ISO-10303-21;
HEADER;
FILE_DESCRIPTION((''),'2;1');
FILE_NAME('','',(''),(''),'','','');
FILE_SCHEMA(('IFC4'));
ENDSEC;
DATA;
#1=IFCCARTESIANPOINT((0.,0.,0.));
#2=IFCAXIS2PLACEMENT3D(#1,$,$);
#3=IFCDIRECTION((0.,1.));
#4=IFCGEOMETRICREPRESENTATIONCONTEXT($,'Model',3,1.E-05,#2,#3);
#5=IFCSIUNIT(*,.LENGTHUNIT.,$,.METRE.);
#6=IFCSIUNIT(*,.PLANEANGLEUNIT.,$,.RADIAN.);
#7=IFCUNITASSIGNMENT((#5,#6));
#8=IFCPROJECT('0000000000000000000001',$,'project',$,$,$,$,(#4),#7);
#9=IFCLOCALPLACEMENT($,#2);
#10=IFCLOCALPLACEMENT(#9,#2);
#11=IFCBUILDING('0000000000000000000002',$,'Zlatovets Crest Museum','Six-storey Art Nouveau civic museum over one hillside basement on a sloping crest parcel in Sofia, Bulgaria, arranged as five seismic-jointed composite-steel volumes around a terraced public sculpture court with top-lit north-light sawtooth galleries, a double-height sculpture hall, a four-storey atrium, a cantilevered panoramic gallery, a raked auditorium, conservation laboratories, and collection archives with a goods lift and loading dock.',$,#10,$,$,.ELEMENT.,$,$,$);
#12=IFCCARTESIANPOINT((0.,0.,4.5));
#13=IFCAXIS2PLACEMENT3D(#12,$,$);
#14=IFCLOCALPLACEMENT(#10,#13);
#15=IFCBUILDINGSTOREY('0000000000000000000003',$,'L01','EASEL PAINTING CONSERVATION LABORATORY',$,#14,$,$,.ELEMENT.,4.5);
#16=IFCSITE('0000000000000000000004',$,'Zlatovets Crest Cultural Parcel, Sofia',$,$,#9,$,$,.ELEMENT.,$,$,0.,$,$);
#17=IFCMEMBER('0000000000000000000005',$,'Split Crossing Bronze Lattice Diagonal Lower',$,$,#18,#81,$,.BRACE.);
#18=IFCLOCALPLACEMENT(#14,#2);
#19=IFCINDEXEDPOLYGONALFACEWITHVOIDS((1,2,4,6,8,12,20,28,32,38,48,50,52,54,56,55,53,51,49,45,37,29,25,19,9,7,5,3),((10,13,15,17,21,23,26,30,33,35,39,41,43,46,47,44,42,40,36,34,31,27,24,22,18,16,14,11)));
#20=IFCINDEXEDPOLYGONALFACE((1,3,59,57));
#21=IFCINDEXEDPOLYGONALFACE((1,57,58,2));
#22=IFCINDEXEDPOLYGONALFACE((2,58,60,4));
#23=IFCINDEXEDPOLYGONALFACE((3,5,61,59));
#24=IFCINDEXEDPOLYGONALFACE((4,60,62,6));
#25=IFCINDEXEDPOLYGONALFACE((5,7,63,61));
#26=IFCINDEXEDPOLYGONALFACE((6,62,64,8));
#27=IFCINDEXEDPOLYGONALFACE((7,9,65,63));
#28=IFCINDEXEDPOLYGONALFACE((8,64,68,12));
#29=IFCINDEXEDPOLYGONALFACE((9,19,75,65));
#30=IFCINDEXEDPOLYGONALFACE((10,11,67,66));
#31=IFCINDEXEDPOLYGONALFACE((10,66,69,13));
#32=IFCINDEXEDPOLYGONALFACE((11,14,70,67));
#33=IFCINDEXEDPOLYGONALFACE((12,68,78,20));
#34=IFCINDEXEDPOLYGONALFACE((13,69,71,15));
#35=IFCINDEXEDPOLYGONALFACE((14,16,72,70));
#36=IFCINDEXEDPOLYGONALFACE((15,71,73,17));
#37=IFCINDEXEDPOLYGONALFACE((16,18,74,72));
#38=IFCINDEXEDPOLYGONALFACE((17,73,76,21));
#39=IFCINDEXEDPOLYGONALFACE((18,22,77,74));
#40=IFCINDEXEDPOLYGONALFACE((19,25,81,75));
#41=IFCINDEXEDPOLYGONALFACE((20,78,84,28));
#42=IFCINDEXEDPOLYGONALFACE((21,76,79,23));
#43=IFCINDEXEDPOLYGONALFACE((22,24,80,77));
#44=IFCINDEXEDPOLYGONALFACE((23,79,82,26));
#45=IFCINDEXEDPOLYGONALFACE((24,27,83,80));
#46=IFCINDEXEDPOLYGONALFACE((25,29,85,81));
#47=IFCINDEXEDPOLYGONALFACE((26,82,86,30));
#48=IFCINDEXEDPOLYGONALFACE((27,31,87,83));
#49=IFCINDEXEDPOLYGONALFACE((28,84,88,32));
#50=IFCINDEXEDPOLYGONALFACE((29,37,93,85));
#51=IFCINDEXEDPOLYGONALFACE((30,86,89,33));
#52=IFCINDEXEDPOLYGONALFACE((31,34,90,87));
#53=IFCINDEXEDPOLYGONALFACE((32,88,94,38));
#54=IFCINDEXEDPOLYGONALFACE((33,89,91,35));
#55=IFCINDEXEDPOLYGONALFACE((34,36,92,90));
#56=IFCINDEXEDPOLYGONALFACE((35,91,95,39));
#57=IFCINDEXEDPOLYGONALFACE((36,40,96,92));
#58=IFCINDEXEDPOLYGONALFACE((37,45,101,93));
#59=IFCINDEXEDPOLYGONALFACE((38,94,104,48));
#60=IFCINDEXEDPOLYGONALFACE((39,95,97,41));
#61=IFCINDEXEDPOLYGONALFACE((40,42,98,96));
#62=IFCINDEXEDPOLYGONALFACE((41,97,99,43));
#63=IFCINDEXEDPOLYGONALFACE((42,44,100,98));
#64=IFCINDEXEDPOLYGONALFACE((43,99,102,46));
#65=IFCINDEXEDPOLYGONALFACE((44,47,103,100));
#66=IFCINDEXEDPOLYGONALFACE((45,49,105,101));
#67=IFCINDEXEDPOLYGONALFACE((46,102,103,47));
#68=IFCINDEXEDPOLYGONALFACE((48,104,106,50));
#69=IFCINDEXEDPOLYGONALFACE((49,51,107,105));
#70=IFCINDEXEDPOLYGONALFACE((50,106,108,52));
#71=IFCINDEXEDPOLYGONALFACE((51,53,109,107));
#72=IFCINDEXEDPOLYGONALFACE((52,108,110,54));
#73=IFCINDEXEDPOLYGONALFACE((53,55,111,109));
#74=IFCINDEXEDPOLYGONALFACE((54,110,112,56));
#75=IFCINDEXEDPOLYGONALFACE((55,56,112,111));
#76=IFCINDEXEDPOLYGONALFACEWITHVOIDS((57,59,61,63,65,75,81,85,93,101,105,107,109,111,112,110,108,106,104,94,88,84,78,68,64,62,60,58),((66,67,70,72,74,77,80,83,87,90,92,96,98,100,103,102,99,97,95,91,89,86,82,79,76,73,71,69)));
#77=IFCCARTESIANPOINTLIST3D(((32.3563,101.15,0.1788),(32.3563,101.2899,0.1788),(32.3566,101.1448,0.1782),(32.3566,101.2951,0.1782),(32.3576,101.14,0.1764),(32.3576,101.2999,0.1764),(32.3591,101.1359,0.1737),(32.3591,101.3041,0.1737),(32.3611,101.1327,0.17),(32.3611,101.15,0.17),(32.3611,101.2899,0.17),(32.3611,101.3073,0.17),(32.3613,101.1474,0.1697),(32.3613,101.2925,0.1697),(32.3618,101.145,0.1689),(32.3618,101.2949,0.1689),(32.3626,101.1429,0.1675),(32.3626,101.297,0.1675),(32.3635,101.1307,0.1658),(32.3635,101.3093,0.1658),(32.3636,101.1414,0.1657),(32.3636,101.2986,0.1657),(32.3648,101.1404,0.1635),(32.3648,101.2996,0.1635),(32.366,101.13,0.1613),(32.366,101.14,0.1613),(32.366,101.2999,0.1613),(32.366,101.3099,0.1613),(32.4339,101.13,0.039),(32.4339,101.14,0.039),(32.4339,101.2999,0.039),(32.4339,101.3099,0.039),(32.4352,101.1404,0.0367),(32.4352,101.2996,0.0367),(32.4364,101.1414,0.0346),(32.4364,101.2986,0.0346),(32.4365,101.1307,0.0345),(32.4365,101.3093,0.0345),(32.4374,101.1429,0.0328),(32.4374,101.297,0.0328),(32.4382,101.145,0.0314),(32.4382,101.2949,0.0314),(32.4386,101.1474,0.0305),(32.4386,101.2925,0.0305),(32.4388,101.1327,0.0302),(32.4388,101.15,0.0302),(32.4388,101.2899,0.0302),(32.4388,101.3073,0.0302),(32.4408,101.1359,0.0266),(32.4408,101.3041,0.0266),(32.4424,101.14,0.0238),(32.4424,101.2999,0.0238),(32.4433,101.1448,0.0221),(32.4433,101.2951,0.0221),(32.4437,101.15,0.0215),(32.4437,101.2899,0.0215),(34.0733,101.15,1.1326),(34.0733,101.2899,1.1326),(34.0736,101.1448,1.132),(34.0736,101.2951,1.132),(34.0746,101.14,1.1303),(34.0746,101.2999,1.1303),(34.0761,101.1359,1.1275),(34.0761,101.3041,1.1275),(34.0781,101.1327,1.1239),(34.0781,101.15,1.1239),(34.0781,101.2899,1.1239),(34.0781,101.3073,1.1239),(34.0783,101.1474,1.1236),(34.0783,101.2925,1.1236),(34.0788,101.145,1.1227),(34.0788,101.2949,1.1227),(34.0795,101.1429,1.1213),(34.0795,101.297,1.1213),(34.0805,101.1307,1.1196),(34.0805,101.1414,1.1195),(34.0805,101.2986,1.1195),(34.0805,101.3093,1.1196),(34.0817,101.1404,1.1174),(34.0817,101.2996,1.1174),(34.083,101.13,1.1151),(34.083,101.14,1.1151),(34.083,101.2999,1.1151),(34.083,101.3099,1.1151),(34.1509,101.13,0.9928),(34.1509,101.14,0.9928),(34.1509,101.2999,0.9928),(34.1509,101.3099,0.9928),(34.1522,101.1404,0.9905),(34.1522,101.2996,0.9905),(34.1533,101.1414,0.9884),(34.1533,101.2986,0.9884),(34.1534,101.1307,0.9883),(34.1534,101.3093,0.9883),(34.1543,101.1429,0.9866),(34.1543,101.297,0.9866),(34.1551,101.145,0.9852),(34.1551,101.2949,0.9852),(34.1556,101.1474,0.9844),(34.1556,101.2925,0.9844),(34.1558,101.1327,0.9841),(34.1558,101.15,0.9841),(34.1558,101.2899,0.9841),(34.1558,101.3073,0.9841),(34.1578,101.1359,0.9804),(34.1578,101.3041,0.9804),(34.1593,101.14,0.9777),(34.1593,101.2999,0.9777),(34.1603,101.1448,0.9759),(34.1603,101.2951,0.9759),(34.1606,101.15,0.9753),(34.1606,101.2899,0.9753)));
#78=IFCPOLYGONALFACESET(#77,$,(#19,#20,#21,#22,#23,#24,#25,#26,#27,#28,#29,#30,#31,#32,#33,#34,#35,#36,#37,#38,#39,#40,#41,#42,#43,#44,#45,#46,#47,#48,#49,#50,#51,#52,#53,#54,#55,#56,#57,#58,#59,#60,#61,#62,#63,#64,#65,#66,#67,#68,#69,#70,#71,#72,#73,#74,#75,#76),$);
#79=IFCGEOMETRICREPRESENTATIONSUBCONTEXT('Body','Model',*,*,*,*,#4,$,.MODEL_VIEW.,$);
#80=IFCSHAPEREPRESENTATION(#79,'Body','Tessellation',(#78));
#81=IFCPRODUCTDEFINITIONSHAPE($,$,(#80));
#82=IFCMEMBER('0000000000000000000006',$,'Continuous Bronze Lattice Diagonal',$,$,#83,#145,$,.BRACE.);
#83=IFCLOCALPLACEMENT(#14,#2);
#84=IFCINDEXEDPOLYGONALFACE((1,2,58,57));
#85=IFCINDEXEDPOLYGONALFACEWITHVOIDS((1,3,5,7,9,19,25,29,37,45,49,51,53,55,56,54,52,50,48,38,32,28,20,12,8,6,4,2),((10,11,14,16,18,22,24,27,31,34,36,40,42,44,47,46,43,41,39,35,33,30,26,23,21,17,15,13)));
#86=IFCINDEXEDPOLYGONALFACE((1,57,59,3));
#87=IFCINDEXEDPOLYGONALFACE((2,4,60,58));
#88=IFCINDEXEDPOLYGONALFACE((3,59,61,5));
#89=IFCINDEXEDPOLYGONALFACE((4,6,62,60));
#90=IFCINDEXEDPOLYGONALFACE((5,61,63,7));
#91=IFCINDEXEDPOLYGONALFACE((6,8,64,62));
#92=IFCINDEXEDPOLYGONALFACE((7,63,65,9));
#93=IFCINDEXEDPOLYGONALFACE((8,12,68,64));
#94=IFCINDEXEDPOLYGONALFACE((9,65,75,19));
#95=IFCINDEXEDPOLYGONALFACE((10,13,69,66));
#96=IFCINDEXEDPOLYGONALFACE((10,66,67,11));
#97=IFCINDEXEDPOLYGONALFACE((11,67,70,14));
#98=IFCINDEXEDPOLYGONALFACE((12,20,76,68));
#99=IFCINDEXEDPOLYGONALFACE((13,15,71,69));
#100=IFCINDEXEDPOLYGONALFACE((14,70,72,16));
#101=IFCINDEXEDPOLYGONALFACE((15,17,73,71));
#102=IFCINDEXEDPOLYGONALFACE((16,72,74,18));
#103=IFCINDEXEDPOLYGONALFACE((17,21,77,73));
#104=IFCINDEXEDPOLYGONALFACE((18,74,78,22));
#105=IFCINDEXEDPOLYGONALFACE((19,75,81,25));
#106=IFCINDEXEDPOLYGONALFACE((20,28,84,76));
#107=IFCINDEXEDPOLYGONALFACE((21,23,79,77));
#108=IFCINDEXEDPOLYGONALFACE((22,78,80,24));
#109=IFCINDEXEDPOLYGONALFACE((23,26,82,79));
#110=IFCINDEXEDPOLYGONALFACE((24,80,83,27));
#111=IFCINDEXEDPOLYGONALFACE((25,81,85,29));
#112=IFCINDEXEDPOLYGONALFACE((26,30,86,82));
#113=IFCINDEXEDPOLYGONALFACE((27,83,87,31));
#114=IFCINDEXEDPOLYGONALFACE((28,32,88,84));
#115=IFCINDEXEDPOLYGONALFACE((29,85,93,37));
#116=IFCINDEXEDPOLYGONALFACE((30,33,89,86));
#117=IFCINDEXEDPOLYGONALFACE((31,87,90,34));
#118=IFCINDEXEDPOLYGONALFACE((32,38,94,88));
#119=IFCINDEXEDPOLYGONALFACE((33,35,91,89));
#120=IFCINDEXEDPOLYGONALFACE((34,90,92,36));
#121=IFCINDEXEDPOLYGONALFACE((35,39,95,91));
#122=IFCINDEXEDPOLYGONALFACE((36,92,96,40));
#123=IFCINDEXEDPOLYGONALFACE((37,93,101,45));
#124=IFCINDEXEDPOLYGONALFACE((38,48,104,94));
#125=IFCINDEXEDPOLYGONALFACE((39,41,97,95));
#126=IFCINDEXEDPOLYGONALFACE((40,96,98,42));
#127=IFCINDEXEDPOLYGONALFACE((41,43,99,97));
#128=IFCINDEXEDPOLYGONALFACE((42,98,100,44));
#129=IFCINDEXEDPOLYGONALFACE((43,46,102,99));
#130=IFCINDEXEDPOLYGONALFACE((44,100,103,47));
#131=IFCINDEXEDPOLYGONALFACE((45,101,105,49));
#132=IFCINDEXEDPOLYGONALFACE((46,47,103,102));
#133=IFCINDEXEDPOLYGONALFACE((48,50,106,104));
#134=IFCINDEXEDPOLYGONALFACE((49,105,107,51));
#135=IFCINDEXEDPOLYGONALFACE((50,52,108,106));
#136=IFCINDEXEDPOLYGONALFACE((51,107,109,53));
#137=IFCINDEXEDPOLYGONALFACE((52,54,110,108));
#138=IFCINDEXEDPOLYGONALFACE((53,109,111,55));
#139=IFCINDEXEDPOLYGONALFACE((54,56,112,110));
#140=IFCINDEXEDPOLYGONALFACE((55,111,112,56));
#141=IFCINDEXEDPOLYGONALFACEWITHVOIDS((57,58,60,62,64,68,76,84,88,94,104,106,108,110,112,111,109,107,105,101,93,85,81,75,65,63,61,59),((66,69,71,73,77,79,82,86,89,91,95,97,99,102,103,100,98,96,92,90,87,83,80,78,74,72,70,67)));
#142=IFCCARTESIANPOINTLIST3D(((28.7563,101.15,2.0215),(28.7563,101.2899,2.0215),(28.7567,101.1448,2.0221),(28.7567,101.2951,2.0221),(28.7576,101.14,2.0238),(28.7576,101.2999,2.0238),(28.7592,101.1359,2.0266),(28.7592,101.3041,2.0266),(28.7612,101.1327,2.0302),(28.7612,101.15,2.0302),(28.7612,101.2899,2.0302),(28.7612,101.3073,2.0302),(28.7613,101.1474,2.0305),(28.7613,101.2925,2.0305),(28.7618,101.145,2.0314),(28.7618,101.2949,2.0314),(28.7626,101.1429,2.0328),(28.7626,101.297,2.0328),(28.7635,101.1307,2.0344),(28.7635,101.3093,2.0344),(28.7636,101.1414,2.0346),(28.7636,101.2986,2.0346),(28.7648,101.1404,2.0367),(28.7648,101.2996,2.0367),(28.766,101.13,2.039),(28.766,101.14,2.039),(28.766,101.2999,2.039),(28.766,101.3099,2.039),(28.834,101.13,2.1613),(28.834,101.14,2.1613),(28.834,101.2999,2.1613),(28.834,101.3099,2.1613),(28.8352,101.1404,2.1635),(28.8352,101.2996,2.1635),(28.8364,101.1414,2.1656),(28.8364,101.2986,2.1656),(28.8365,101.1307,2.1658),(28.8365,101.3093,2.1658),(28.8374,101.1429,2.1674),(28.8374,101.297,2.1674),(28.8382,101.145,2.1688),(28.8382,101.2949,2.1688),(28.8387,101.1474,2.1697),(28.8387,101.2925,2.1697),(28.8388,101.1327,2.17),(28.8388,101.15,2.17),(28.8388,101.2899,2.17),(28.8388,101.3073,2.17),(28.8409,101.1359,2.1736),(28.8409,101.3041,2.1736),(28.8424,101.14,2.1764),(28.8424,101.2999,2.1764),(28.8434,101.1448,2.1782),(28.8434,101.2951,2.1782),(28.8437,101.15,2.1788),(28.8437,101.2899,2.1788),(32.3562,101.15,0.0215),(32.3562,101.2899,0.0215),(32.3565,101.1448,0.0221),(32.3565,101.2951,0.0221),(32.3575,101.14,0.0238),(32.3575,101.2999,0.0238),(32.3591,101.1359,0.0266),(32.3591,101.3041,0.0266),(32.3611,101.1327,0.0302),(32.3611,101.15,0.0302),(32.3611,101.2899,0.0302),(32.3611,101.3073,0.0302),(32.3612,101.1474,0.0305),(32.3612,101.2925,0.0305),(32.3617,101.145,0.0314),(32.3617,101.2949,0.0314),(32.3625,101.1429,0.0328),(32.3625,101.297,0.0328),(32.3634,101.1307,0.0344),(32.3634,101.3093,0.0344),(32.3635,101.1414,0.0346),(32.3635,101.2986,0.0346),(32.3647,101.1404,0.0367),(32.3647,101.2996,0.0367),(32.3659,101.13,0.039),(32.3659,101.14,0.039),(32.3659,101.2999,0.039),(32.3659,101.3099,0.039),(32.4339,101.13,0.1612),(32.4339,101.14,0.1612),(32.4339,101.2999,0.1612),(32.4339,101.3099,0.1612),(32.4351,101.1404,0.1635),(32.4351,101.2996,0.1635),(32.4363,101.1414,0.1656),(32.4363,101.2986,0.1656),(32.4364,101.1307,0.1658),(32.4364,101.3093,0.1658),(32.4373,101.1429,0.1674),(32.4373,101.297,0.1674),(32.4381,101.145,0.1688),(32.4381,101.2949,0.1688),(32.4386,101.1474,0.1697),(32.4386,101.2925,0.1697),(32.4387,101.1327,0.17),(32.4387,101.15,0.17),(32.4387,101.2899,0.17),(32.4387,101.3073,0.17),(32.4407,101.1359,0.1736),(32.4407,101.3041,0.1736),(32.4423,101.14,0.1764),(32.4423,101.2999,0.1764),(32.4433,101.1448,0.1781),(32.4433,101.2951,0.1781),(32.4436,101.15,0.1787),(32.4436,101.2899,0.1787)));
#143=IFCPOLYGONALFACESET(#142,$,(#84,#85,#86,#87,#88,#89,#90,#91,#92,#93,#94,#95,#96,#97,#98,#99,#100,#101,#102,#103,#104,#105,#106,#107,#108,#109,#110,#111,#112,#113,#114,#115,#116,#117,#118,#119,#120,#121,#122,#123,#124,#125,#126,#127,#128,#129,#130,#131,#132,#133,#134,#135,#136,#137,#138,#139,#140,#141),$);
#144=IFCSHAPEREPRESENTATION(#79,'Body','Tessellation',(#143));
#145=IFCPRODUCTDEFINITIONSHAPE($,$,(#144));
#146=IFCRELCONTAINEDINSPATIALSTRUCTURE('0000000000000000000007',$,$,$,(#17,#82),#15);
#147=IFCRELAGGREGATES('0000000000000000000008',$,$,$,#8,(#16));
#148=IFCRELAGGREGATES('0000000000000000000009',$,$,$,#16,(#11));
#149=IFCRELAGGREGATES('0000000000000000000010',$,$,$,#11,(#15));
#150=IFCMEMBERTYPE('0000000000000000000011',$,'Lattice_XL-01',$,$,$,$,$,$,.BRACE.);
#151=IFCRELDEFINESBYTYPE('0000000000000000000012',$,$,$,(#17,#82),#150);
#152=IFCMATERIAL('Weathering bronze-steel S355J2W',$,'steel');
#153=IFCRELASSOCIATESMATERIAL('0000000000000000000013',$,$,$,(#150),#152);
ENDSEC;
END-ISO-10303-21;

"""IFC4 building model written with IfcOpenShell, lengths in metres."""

from ifc_helpers import new_model, si_unit, direction, frame, origin, origin_2d, place, context, subcontext, project, spatial, hollow_rectangle, extrude, material, material_profile, profile_set, type_object, element, save


model = new_model("IFC4")

# Units and contexts
model_context = context("Model", 3, precision=1e-05, world=origin(), true_north=direction((0.0, 1.0)))
body_context = subcontext(model_context, "Body", "Model", "MODEL_VIEW")
ifc_project = project(units=[si_unit("LENGTHUNIT", "METRE"), si_unit("PLANEANGLEUNIT", "RADIAN")], contexts=[model_context])

# Site, building, storey
site_placement = place(None, origin())
site = spatial("IfcSite", under=ifc_project, at=site_placement, Name="Zlatovets Crest Cultural Parcel, Sofia", CompositionType="ELEMENT", RefElevation=0.0)
building_placement = place(site_placement, origin())
building = spatial("IfcBuilding", under=site, at=building_placement, Name="Zlatovets Crest Museum", Description="Six-storey Art Nouveau civic museum over one hillside basement on a sloping crest parcel in Sofia, Bulgaria, arranged as five seismic-jointed composite-steel volumes around a terraced public sculpture court with top-lit north-light sawtooth galleries, a double-height sculpture hall, a four-storey atrium, a cantilevered panoramic gallery, a raked auditorium, conservation laboratories, and collection archives with a goods lift and loading dock.", CompositionType="ELEMENT")
storey_placement = place(building_placement, frame((0.0, 0.0, 4.5)))
storey = spatial("IfcBuildingStorey", under=building, at=storey_placement, Name="L01", Description="EASEL PAINTING CONSERVATION LABORATORY", CompositionType="ELEMENT", Elevation=4.5)

# Members
ifc_material_1 = material(Name="Weathering bronze-steel S355J2W", Category="steel")
ifc_material_profile_1 = material_profile(ifc_material_1, hollow_rectangle(XDim=0.1799, YDim=0.1799, WallThickness=0.01, InnerFilletRadius=0.01, OuterFilletRadius=0.02, at=origin_2d()), Name="SHS 180x180x10.0")
ifc_profile_set_1 = profile_set([ifc_material_profile_1], Name="Weathering bronze-steel S355J2W")
member_type_1 = type_object("IfcMemberType", Name="Lattice_XL-01", PredefinedType="BRACE", material=ifc_profile_set_1)
member_1_placement = place(storey_placement, frame((34.1169, 101.22, 1.054), z_axis=(-0.874169, 0.0, -0.485622), x_axis=(0.0, -1.0, 0.0)))
element("IfcMember", 1, at=member_1_placement, inside=storey, type_object=member_type_1, Name="Split Crossing Bronze Lattice Diagonal Lower", PredefinedType="BRACE", context=body_context, shape_type="SweptSolid", body=[
    extrude(hollow_rectangle(XDim=0.1799, YDim=0.1799, WallThickness=0.01, InnerFilletRadius=0.01, OuterFilletRadius=0.02, at=origin_2d()), origin(), (0.0, 0.0, 1.0), 1.9641),
])
member_2_placement = place(storey_placement, frame((32.3999, 101.22, 0.1001), z_axis=(-0.874149, 0.0, 0.485658), x_axis=(0.0, -1.0, 0.0)))
element("IfcMember", 2, at=member_2_placement, inside=storey, type_object=member_type_1, Name="Continuous Bronze Lattice Diagonal", PredefinedType="BRACE", context=body_context, shape_type="SweptSolid", body=[
    extrude(hollow_rectangle(XDim=0.1799, YDim=0.1799, WallThickness=0.01, InnerFilletRadius=0.01, OuterFilletRadius=0.02, at=origin_2d()), origin(), (0.0, 0.0, 1.0), 4.1182),
])

save(model, "model.ifc")
